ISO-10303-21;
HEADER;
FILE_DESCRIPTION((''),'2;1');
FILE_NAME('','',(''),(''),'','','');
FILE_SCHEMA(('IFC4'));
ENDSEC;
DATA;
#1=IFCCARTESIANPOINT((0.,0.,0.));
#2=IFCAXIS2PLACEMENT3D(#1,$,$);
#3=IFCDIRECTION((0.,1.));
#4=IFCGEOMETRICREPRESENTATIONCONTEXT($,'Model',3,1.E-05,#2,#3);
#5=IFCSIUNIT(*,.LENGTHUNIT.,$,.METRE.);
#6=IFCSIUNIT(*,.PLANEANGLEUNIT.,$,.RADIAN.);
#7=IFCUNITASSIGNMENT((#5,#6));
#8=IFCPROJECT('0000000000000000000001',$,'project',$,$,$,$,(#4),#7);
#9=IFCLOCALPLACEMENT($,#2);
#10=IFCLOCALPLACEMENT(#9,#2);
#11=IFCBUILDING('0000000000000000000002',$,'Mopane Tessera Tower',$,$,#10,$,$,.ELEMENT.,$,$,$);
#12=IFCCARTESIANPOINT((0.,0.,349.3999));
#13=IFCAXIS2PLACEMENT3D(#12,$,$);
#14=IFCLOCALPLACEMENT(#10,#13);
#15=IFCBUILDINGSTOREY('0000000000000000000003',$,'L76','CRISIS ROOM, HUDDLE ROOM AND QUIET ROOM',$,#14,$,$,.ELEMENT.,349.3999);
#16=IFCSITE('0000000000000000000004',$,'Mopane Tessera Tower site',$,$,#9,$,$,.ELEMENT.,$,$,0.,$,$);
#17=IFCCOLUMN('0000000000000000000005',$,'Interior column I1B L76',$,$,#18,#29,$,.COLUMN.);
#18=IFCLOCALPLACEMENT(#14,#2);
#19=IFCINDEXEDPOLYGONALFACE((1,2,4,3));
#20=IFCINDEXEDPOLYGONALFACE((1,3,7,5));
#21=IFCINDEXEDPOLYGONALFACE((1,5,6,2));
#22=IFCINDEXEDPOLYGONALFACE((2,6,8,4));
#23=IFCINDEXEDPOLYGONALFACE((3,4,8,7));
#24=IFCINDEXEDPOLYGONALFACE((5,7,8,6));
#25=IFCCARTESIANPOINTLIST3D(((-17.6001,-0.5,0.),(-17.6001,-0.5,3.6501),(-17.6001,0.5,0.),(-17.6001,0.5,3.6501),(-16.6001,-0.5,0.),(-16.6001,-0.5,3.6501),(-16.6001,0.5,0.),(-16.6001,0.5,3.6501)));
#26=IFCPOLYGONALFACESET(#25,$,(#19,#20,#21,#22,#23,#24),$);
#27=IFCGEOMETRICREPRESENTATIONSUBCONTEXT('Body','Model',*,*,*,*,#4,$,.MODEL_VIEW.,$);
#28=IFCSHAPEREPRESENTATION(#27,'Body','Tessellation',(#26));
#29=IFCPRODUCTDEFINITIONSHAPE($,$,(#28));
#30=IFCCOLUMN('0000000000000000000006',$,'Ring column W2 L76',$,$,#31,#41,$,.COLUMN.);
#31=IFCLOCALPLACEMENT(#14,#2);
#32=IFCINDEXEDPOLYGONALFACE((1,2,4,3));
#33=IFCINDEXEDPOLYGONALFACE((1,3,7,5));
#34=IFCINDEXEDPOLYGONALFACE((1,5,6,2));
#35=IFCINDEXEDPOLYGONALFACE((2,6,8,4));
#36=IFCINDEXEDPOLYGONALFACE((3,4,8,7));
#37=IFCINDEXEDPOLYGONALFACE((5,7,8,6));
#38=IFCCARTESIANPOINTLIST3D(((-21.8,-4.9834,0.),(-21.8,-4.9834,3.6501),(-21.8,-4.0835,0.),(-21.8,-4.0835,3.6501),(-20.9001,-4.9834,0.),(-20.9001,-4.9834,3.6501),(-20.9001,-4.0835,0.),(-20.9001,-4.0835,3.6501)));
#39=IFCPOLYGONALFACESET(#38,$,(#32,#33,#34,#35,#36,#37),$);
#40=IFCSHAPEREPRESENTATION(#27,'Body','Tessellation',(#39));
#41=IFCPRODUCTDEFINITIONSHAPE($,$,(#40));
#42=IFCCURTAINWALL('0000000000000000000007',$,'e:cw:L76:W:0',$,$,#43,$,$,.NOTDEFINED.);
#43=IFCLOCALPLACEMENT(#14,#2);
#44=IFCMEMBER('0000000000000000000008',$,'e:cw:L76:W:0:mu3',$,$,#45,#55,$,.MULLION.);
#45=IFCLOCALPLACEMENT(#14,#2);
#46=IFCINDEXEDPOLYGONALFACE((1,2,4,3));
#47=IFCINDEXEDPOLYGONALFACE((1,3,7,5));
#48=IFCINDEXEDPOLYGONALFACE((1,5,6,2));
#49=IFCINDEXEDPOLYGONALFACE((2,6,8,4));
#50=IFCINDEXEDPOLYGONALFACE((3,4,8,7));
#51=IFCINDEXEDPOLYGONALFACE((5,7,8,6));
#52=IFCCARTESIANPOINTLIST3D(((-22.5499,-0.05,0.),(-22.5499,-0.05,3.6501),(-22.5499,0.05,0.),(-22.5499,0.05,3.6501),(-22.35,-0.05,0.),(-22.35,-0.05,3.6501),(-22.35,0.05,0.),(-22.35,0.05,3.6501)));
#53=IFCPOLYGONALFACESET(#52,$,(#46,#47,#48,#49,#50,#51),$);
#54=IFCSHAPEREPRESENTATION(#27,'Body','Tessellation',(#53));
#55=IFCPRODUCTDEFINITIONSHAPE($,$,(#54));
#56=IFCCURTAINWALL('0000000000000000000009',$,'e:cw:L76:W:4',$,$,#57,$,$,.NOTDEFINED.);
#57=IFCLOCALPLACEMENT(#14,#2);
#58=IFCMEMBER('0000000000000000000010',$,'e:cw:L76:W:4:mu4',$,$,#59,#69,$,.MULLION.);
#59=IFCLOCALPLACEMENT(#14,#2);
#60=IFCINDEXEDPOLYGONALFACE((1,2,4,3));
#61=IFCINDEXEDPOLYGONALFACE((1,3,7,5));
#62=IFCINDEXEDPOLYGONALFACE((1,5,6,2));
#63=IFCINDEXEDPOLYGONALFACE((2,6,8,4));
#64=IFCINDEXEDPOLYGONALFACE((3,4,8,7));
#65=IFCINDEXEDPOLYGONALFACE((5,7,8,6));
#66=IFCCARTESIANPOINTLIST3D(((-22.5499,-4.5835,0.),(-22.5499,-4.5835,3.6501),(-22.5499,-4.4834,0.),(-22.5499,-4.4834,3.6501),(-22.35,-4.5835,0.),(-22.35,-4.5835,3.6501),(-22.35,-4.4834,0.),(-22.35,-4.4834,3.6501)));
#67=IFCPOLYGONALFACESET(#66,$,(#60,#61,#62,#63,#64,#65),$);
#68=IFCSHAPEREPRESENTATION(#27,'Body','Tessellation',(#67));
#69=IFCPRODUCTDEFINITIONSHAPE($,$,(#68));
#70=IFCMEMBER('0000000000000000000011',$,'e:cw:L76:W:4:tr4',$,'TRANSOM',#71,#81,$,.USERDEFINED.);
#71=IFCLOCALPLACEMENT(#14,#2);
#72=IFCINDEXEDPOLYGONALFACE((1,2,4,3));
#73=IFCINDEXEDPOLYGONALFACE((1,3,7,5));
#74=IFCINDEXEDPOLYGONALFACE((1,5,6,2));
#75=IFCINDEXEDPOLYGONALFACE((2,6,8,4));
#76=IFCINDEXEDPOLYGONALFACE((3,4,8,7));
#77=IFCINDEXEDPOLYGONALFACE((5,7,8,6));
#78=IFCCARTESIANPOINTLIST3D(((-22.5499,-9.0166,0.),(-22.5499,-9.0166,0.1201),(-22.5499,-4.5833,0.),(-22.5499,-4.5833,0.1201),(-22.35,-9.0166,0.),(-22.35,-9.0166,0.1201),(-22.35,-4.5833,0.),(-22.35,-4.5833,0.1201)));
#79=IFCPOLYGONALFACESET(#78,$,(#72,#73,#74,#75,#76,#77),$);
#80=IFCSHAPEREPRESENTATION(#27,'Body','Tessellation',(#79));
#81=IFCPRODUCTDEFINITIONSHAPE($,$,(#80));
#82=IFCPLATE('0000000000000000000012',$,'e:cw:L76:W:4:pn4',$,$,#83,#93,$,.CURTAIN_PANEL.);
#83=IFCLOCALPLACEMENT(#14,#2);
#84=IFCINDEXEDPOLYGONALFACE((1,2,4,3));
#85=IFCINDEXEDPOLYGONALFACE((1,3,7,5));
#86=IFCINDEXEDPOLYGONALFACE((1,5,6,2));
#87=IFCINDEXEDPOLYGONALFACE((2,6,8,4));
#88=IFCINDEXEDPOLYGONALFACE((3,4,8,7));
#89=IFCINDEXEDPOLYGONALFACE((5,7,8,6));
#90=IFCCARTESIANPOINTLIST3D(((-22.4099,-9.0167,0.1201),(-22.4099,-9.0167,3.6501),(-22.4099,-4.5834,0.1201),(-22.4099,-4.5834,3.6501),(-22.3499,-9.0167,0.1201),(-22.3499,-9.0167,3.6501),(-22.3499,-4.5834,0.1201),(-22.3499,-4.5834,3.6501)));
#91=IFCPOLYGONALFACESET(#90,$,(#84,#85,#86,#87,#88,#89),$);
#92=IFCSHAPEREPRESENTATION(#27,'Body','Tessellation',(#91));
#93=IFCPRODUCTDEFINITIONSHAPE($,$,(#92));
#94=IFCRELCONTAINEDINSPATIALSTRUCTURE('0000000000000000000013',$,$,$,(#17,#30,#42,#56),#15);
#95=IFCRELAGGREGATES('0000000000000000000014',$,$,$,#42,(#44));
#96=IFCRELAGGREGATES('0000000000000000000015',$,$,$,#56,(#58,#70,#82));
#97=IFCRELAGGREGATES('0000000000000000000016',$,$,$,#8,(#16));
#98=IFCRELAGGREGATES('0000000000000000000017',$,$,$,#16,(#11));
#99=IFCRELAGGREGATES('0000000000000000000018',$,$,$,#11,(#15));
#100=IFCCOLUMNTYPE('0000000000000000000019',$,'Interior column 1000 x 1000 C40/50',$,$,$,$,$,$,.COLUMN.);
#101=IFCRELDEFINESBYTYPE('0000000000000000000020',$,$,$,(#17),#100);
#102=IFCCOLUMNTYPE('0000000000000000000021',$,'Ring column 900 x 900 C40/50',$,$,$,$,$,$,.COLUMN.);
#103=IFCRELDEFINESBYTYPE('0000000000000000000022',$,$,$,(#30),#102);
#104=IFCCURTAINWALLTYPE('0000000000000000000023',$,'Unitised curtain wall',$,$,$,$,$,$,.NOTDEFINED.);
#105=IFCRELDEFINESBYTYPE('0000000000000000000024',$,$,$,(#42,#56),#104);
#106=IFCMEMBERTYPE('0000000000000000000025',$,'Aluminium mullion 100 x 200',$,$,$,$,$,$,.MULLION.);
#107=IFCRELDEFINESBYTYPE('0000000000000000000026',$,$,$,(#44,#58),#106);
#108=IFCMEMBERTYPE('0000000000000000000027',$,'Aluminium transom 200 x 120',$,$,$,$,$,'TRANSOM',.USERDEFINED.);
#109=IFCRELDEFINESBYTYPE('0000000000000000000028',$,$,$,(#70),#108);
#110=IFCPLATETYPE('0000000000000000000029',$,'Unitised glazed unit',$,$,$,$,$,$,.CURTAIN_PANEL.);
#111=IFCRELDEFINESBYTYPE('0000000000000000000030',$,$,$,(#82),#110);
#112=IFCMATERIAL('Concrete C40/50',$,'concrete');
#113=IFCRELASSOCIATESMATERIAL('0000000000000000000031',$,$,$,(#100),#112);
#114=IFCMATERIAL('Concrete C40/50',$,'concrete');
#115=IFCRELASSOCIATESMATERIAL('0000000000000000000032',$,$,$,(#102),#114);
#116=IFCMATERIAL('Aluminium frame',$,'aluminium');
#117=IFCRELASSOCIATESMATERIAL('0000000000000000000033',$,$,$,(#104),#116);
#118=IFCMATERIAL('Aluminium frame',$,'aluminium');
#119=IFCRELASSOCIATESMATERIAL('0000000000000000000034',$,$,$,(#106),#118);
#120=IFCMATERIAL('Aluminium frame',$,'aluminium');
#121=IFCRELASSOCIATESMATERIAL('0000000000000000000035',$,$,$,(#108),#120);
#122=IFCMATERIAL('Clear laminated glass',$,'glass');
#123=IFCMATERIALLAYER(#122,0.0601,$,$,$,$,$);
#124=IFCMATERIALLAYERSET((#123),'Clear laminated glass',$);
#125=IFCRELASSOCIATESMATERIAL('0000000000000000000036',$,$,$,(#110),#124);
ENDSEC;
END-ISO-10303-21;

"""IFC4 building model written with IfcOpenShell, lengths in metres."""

from ifc_helpers import new_model, si_unit, direction, frame, origin, origin_2d, place, context, subcontext, project, spatial, rectangle, extrude, material, layer, layer_set, material_profile, profile_set, type_object, element, aggregate, save


model = new_model("IFC4")

# Units and contexts
model_context = context("Model", 3, precision=1e-05, world=origin(), true_north=direction((0.0, 1.0)))
body_context = subcontext(model_context, "Body", "Model", "MODEL_VIEW")
ifc_project = project(units=[si_unit("LENGTHUNIT", "METRE"), si_unit("PLANEANGLEUNIT", "RADIAN")], contexts=[model_context])

# Site, building, storey
site_placement = place(None, origin())
site = spatial("IfcSite", under=ifc_project, at=site_placement, Name="Mopane Tessera Tower site", CompositionType="ELEMENT", RefElevation=0.0)
building_placement = place(site_placement, origin())
building = spatial("IfcBuilding", under=site, at=building_placement, Name="Mopane Tessera Tower", CompositionType="ELEMENT")
storey_placement = place(building_placement, frame((0.0, 0.0, 349.3999)))
storey = spatial("IfcBuildingStorey", under=building, at=storey_placement, Name="L76", Description="CRISIS ROOM, HUDDLE ROOM AND QUIET ROOM", CompositionType="ELEMENT", Elevation=349.3999)

# Columns
ifc_material_1 = material(Name="Concrete C40/50", Category="concrete")
ifc_material_profile_1 = material_profile(ifc_material_1, rectangle(XDim=1.0, YDim=1.0, at=origin_2d()))
ifc_profile_set_1 = profile_set([ifc_material_profile_1], Name="Concrete C40/50")
column_type_1 = type_object("IfcColumnType", Name="Interior column 1000 x 1000 C40/50", PredefinedType="COLUMN", material=ifc_profile_set_1)
column_1_placement = place(storey_placement, frame((-17.1001, 0.0, 0.0), z_axis=(0.0, 0.0, 1.0), x_axis=(1.0, 0.0, 0.0)))
element("IfcColumn", 1, at=column_1_placement, inside=storey, type_object=column_type_1, Name="Interior column I1B L76", PredefinedType="COLUMN", context=body_context, shape_type="SweptSolid", body=[
    extrude(rectangle(XDim=1.0, YDim=1.0, at=origin_2d()), origin(), (0.0, 0.0, 1.0), 3.6501),
])
ifc_material_2 = material(Name="Concrete C40/50", Category="concrete")
ifc_material_profile_2 = material_profile(ifc_material_2, rectangle(XDim=0.8999, YDim=0.8999, at=origin_2d()))
ifc_profile_set_2 = profile_set([ifc_material_profile_2], Name="Concrete C40/50")
column_type_2 = type_object("IfcColumnType", Name="Ring column 900 x 900 C40/50", PredefinedType="COLUMN", material=ifc_profile_set_2)
column_2_placement = place(storey_placement, frame((-21.3501, -4.5334, 0.0), z_axis=(0.0, 0.0, 1.0), x_axis=(1.0, 0.0, 0.0)))
element("IfcColumn", 2, at=column_2_placement, inside=storey, type_object=column_type_2, Name="Ring column W2 L76", PredefinedType="COLUMN", context=body_context, shape_type="SweptSolid", body=[
    extrude(rectangle(XDim=0.8999, YDim=0.8999, at=origin_2d()), origin(), (0.0, 0.0, 1.0), 3.6501),
])

# Curtain wall, member
ifc_material_3 = material(Name="Aluminium frame", Category="aluminium")
curtain_wall_type = type_object("IfcCurtainWallType", Name="Unitised curtain wall", PredefinedType="NOTDEFINED", material=ifc_material_3)
curtain_wall_1_placement = place(storey_placement, origin())
curtain_wall_1 = element("IfcCurtainWall", 3, at=curtain_wall_1_placement, inside=storey, type_object=curtain_wall_type, Name="e:cw:L76:W:0", PredefinedType="NOTDEFINED")
ifc_material_4 = material(Name="Aluminium frame", Category="aluminium")
ifc_material_profile_3 = material_profile(ifc_material_4, rectangle(XDim=0.1001, YDim=0.2, at=origin_2d()))
ifc_profile_set_3 = profile_set([ifc_material_profile_3], Name="Aluminium frame")
member_type_1 = type_object("IfcMemberType", Name="Aluminium mullion 100 x 200", PredefinedType="MULLION", material=ifc_profile_set_3)
member_1_placement = place(storey_placement, frame((-22.45, 0.0, 0.0), z_axis=(0.0, 0.0, 1.0), x_axis=(0.0, -1.0, 0.0)))
member_1 = element("IfcMember", 4, at=member_1_placement, type_object=member_type_1, Name="e:cw:L76:W:0:mu3", PredefinedType="MULLION", context=body_context, shape_type="SweptSolid", body=[
    extrude(rectangle(XDim=0.1001, YDim=0.2, at=origin_2d()), origin(), (0.0, 0.0, 1.0), 3.6501),
])
aggregate(curtain_wall_1, [member_1])

# Curtain wall, members, plate
curtain_wall_2_placement = place(storey_placement, origin())
curtain_wall_2 = element("IfcCurtainWall", 5, at=curtain_wall_2_placement, inside=storey, type_object=curtain_wall_type, Name="e:cw:L76:W:4", PredefinedType="NOTDEFINED")
member_2_placement = place(storey_placement, frame((-22.45, -4.5334, 0.0), z_axis=(0.0, 0.0, 1.0), x_axis=(0.0, -1.0, 0.0)))
member_2 = element("IfcMember", 6, at=member_2_placement, type_object=member_type_1, Name="e:cw:L76:W:4:mu4", PredefinedType="MULLION", context=body_context, shape_type="SweptSolid", body=[
    extrude(rectangle(XDim=0.1001, YDim=0.2, at=origin_2d()), origin(), (0.0, 0.0, 1.0), 3.6501),
])
ifc_material_5 = material(Name="Aluminium frame", Category="aluminium")
ifc_material_profile_4 = material_profile(ifc_material_5, rectangle(XDim=0.2, YDim=0.1201, at=origin_2d()))
ifc_profile_set_4 = profile_set([ifc_material_profile_4], Name="Aluminium frame")
member_type_2 = type_object("IfcMemberType", Name="Aluminium transom 200 x 120", ElementType="TRANSOM", PredefinedType="USERDEFINED", material=ifc_profile_set_4)
member_3_placement = place(storey_placement, frame((-22.45, -4.5833, 0.0601), z_axis=(0.0, -1.0, 0.0), x_axis=(1.0, 0.0, 0.0)))
member_3 = element("IfcMember", 7, at=member_3_placement, type_object=member_type_2, Name="e:cw:L76:W:4:tr4", ObjectType="TRANSOM", PredefinedType="USERDEFINED", context=body_context, shape_type="SweptSolid", body=[
    extrude(rectangle(XDim=0.2, YDim=0.1201, at=origin_2d()), origin(), (0.0, 0.0, 1.0), 4.4333),
])
ifc_material_6 = material(Name="Clear laminated glass", Category="glass")
ifc_layer_1 = layer(ifc_material_6, 0.0601)
ifc_layer_set_1 = layer_set([ifc_layer_1], Name="Clear laminated glass")
plate_type = type_object("IfcPlateType", Name="Unitised glazed unit", PredefinedType="CURTAIN_PANEL", material=ifc_layer_set_1)
plate_placement = place(storey_placement, frame((-22.3799, -6.8, 0.1201), z_axis=(0.0, 0.0, 1.0), x_axis=(0.0, -1.0, 0.0)))
plate = element("IfcPlate", 8, at=plate_placement, type_object=plate_type, Name="e:cw:L76:W:4:pn4", PredefinedType="CURTAIN_PANEL", context=body_context, shape_type="SweptSolid", body=[
    extrude(rectangle(XDim=4.4333, YDim=0.0601, at=origin_2d()), origin(), (0.0, 0.0, 1.0), 3.53),
])
aggregate(curtain_wall_2, [member_2, member_3, plate])

save(model, "model.ifc")
